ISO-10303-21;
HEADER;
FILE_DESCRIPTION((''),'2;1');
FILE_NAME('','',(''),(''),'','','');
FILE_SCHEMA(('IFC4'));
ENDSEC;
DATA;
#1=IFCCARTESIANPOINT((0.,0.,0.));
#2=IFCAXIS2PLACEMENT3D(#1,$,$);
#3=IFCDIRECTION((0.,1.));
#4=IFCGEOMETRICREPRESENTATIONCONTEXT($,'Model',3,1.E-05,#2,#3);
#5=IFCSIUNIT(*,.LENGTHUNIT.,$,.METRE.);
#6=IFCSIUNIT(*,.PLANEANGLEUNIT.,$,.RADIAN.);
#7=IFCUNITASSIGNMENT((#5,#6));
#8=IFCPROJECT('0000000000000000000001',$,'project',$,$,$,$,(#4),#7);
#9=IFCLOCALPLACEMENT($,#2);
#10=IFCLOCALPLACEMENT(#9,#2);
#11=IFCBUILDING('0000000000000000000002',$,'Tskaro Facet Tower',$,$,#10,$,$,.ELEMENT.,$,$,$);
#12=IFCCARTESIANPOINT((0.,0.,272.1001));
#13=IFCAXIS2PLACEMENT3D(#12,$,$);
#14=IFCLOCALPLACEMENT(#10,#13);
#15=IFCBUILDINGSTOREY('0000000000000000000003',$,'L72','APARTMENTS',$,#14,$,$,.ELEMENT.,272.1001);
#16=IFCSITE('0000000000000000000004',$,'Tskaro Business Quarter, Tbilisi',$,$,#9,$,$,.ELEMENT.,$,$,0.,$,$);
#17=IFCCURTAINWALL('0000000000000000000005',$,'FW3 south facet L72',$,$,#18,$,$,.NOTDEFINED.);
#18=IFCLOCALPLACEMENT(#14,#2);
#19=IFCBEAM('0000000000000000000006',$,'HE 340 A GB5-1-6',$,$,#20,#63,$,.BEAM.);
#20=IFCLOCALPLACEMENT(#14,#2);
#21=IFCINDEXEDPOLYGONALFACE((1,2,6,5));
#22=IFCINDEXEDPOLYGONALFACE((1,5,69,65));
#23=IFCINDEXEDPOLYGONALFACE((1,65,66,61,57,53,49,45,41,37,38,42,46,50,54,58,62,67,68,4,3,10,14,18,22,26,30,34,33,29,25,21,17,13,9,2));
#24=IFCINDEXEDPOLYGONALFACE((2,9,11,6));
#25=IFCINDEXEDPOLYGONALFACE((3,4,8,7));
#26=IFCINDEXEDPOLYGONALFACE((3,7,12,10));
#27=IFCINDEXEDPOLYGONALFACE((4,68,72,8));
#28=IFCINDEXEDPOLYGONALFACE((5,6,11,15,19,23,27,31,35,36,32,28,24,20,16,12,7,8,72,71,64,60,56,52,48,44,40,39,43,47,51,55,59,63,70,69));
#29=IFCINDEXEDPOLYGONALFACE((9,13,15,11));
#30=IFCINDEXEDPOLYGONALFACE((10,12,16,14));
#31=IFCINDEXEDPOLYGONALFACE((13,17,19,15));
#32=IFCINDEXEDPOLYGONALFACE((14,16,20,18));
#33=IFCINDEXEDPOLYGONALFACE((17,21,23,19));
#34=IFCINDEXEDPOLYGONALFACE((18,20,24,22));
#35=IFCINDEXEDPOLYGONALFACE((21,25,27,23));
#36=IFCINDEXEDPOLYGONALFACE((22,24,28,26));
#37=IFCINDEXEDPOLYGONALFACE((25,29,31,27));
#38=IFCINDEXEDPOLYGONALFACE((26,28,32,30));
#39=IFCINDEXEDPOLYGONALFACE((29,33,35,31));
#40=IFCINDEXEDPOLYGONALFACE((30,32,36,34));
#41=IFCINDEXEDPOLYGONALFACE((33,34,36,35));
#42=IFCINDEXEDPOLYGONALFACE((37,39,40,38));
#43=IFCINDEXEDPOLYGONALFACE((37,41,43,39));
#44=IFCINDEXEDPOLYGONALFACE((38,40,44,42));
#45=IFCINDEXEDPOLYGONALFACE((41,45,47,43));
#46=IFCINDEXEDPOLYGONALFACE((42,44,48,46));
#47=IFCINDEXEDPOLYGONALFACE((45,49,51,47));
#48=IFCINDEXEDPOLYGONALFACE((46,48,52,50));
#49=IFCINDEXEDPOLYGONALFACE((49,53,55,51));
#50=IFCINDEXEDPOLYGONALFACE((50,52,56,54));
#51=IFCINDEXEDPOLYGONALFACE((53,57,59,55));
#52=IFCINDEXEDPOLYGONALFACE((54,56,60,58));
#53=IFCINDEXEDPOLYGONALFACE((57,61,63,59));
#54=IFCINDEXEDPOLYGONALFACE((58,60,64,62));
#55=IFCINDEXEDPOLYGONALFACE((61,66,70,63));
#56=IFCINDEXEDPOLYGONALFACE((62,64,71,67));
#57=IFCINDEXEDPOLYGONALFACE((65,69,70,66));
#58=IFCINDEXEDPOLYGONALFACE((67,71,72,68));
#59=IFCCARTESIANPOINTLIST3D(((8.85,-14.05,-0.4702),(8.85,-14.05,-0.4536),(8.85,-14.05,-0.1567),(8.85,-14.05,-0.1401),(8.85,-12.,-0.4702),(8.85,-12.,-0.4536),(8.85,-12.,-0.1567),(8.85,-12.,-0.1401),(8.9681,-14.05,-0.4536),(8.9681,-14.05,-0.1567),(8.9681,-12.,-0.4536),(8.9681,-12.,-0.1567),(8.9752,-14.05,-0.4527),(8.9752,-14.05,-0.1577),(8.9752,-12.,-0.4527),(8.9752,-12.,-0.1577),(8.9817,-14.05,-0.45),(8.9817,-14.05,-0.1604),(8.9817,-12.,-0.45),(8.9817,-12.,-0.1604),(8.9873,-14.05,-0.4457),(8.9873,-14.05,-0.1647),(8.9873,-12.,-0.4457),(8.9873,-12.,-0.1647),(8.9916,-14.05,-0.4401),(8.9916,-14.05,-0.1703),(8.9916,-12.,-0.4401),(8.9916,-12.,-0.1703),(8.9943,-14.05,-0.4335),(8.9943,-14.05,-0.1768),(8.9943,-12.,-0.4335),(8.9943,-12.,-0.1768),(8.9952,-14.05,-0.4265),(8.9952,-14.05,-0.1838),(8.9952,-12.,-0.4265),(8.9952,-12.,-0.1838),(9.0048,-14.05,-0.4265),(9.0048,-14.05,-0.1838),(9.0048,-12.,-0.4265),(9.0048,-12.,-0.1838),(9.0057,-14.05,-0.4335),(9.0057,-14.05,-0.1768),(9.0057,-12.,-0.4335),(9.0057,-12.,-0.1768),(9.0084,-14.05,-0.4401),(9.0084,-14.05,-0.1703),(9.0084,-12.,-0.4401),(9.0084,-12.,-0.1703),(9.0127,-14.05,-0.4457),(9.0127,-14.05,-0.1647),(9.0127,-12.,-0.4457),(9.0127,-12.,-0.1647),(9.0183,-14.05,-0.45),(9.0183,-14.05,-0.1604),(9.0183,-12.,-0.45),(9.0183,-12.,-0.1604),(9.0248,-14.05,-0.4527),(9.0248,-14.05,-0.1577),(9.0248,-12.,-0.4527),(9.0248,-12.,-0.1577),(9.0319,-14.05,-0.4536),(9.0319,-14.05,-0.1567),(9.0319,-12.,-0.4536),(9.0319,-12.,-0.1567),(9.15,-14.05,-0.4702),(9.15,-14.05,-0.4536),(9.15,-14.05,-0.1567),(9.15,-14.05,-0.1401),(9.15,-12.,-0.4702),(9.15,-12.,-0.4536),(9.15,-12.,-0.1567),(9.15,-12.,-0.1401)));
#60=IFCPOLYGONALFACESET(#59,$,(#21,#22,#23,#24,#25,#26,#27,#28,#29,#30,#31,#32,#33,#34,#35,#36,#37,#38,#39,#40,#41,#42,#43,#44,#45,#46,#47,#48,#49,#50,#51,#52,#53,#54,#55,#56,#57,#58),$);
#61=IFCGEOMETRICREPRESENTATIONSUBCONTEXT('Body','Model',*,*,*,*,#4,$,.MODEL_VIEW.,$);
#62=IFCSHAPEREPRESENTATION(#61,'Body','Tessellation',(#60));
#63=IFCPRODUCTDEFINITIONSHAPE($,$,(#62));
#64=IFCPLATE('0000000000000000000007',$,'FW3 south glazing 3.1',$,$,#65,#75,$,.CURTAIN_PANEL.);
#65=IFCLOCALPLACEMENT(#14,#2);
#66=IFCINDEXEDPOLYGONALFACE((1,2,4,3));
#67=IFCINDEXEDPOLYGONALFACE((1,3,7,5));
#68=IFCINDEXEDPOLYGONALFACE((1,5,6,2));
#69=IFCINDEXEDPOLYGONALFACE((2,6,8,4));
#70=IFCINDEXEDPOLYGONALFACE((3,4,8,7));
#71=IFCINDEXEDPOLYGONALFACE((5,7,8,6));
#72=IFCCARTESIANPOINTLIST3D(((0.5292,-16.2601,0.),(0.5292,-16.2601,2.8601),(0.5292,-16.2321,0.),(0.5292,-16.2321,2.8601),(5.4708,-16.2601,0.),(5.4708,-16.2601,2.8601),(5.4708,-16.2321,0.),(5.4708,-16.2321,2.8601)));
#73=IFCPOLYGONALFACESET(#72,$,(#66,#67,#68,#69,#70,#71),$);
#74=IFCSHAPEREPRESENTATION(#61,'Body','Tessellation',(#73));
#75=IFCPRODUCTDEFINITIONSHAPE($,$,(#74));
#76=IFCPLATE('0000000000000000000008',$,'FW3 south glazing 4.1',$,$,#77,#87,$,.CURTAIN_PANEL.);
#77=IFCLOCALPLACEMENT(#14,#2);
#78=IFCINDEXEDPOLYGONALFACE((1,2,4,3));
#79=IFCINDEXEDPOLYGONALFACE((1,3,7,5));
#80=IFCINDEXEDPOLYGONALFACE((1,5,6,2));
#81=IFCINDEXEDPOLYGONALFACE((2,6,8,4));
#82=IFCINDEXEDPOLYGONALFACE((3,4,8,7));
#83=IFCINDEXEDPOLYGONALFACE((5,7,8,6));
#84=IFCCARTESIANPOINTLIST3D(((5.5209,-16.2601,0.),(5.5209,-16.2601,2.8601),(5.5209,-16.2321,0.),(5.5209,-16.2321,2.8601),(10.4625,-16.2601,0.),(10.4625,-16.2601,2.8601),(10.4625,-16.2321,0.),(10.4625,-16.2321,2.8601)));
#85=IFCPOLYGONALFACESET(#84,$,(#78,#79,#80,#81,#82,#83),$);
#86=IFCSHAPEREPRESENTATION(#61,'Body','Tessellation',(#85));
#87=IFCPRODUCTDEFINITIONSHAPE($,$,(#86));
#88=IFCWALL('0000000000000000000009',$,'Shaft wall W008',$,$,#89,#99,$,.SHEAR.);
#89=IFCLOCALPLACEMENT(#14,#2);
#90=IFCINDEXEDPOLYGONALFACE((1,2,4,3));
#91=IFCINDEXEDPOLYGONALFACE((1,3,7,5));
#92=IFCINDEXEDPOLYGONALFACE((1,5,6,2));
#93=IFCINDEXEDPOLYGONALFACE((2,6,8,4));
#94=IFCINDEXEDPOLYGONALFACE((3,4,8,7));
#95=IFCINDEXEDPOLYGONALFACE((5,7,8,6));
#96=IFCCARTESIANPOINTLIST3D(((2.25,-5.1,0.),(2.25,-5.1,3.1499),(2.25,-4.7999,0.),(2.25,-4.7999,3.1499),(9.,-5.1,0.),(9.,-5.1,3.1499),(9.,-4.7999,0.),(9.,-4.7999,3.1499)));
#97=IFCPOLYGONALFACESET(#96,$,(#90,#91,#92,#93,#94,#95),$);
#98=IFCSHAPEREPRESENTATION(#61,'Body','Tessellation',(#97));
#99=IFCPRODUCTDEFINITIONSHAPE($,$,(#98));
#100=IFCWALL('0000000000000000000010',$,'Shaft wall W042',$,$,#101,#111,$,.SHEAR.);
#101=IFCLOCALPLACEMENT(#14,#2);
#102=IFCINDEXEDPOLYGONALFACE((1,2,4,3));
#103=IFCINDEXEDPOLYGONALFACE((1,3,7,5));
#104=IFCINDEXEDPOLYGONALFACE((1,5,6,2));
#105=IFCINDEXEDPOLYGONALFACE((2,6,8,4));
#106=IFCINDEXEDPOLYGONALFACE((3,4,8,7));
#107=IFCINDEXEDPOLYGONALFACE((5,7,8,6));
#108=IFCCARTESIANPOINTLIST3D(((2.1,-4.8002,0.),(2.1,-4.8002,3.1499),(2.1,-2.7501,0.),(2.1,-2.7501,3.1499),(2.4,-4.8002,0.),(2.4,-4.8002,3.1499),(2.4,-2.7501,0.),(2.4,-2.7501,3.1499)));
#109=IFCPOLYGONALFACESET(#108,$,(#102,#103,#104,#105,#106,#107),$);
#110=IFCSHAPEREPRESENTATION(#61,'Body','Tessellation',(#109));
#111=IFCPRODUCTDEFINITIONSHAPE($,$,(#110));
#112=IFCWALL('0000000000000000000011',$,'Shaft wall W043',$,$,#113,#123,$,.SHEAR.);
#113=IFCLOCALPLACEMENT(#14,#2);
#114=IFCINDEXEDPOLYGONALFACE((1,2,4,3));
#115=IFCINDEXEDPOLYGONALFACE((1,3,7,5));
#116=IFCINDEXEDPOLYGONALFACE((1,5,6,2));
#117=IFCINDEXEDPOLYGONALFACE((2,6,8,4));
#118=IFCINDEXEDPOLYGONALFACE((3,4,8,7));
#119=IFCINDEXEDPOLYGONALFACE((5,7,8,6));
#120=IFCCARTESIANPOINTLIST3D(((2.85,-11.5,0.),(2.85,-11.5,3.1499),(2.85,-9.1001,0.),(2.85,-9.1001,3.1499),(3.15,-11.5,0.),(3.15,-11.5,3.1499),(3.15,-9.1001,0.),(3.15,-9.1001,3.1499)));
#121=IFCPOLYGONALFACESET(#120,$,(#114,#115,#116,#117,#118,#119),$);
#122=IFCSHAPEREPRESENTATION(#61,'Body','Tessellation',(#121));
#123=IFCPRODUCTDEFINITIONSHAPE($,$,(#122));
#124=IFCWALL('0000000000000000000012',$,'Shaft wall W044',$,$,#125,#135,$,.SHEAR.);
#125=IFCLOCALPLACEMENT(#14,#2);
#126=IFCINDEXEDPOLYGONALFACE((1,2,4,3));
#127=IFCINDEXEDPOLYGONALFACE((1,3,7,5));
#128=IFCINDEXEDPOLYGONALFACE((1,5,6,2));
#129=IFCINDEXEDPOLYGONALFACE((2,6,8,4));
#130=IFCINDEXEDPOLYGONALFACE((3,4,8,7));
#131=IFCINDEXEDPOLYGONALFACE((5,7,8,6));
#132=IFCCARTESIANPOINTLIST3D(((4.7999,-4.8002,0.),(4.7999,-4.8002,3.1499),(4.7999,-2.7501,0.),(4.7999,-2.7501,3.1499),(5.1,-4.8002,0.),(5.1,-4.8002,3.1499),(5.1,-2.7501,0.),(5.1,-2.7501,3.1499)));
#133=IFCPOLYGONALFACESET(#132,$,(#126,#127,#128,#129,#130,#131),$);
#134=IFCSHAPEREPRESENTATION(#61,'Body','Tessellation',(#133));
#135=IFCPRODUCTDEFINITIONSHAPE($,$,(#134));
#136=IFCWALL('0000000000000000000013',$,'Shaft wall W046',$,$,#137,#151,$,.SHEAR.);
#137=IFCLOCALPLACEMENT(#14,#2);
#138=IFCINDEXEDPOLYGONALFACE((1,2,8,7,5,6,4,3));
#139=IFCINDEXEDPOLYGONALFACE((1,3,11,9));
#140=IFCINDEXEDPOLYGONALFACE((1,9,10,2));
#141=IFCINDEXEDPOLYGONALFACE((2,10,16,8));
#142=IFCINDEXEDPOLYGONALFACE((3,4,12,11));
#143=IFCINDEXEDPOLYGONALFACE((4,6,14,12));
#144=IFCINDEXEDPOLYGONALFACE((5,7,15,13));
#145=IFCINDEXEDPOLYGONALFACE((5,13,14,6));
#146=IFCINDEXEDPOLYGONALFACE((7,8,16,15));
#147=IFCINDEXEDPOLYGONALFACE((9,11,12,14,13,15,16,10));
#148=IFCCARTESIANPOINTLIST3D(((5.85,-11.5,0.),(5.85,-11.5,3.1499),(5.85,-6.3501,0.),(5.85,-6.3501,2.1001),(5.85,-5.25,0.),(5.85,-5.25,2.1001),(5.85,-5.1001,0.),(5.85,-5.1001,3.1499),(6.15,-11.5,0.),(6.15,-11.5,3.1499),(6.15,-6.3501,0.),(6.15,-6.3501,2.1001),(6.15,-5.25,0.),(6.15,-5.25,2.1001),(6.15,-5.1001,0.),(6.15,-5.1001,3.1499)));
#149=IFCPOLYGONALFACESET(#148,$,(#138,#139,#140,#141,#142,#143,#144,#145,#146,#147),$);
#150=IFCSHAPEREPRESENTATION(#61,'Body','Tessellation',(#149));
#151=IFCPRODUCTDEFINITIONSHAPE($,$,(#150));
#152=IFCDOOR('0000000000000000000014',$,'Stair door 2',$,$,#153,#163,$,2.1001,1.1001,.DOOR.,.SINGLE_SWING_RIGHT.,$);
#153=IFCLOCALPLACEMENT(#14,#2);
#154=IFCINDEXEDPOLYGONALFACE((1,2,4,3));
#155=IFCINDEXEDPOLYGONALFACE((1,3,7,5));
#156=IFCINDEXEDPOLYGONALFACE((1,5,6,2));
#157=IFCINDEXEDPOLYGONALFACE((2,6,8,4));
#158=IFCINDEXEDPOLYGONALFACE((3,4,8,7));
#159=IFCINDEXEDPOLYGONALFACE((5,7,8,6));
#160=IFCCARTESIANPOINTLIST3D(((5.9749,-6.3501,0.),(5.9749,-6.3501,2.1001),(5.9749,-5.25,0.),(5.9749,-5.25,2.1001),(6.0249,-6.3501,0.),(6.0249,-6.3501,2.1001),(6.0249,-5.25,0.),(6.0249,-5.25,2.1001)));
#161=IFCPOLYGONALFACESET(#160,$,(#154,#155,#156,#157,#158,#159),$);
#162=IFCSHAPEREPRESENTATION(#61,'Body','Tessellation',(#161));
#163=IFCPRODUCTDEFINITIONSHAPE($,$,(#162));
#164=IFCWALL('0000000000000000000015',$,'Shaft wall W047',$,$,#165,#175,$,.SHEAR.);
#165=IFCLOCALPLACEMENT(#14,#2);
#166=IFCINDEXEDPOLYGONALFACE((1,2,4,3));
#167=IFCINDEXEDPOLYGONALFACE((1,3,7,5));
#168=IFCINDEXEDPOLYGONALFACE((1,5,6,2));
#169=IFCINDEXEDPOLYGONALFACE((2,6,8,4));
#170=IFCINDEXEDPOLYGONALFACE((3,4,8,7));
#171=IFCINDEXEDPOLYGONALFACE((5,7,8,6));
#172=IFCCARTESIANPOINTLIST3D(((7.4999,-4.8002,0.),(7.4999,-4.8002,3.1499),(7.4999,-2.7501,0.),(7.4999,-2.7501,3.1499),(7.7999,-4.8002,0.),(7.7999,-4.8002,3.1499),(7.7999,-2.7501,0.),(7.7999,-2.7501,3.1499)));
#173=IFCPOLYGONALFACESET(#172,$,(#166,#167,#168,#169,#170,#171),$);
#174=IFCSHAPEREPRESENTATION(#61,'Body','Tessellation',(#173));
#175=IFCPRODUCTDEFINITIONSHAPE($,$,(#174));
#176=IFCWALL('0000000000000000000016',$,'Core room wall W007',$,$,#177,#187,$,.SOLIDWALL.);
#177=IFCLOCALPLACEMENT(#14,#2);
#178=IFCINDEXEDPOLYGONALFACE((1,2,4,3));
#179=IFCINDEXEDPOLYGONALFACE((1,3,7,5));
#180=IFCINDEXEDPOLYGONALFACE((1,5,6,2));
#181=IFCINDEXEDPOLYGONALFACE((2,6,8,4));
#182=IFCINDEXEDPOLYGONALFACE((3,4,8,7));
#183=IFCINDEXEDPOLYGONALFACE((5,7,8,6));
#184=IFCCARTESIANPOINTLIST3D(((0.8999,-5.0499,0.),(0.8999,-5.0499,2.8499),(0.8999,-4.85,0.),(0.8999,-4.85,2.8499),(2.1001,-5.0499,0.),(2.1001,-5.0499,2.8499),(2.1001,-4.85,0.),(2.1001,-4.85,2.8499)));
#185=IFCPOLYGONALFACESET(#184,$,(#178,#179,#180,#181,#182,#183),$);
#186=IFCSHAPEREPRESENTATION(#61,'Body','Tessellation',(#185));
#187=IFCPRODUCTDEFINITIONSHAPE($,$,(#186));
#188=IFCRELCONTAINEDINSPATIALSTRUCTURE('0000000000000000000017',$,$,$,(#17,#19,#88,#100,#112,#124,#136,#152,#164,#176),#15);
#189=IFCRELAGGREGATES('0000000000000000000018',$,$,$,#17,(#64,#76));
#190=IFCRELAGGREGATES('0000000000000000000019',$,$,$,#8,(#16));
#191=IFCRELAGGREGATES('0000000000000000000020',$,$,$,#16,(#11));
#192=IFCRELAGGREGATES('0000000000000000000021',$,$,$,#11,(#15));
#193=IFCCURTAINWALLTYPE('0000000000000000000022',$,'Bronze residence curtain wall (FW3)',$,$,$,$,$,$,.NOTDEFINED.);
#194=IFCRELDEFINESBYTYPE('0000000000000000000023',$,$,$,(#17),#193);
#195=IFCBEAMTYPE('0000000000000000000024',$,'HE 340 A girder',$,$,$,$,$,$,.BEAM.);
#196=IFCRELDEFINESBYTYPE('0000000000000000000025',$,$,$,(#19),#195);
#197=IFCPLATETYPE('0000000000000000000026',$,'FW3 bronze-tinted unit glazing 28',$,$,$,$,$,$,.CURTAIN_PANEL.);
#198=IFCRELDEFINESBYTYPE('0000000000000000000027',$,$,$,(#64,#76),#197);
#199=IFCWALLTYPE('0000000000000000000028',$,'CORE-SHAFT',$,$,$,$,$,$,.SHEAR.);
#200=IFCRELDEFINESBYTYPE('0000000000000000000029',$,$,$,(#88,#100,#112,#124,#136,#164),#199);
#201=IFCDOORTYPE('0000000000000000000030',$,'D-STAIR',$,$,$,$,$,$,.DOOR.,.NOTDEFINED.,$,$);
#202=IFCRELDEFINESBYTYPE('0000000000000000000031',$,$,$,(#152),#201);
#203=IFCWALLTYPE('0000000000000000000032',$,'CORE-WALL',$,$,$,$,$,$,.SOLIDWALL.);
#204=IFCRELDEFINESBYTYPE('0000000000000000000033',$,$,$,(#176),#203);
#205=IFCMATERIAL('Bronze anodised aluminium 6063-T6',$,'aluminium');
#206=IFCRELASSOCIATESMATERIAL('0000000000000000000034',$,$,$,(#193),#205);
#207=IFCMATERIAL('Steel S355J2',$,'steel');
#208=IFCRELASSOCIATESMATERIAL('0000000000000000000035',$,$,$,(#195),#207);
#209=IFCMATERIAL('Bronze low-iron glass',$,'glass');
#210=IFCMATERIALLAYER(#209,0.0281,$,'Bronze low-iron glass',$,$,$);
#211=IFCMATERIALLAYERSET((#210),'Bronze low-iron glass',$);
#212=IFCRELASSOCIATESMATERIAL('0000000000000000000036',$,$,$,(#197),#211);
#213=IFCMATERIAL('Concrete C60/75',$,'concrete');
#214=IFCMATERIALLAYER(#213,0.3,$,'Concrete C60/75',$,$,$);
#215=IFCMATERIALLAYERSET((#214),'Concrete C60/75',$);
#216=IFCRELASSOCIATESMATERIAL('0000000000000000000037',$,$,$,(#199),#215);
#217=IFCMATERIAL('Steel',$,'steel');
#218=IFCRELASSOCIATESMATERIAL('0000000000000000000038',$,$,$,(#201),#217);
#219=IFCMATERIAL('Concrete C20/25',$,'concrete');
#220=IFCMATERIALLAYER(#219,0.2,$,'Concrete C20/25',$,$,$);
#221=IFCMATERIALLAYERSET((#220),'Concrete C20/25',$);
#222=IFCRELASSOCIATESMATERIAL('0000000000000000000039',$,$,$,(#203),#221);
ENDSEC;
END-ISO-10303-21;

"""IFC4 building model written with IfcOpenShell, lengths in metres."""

from ifc_helpers import new_model, si_unit, direction, frame, frame_2d, origin, origin_2d, place, context, subcontext, project, spatial, rectangle, i_section, extrude, material, layer, layer_set, material_profile, profile_set, type_object, element, fill, aggregate, save


model = new_model("IFC4")

# Units and contexts
model_context = context("Model", 3, precision=1e-05, world=origin(), true_north=direction((0.0, 1.0)))
body_context = subcontext(model_context, "Body", "Model", "MODEL_VIEW")
ifc_project = project(units=[si_unit("LENGTHUNIT", "METRE"), si_unit("PLANEANGLEUNIT", "RADIAN")], contexts=[model_context])

# Site, building, storey
site_placement = place(None, origin())
site = spatial("IfcSite", under=ifc_project, at=site_placement, Name="Tskaro Business Quarter, Tbilisi", CompositionType="ELEMENT", RefElevation=0.0)
building_placement = place(site_placement, origin())
building = spatial("IfcBuilding", under=site, at=building_placement, Name="Tskaro Facet Tower", CompositionType="ELEMENT")
storey_placement = place(building_placement, frame((0.0, 0.0, 272.1001)))
storey = spatial("IfcBuildingStorey", under=building, at=storey_placement, Name="L72", Description="APARTMENTS", CompositionType="ELEMENT", Elevation=272.1001)

# Shared definitions
ifc_material_1 = material(Name="Steel S355J2", Category="steel")

# Curtain wall
ifc_material_2 = material(Name="Bronze anodised aluminium 6063-T6", Category="aluminium")
curtain_wall_type = type_object("IfcCurtainWallType", Name="Bronze residence curtain wall (FW3)", PredefinedType="NOTDEFINED", material=ifc_material_2)
curtain_wall_placement = place(storey_placement, origin())
curtain_wall = element("IfcCurtainWall", 1, at=curtain_wall_placement, inside=storey, type_object=curtain_wall_type, Name="FW3 south facet L72", PredefinedType="NOTDEFINED")

# Beam
ifc_material_profile_1 = material_profile(ifc_material_1, i_section(OverallWidth=0.3, OverallDepth=0.3301, WebThickness=0.0095, FlangeThickness=0.0166, FilletRadius=0.0271, at=origin_2d()), Name="HE 340 A")
ifc_profile_set_1 = profile_set([ifc_material_profile_1], Name="Steel S355J2")
beam_type_1 = type_object("IfcBeamType", Name="HE 340 A girder", PredefinedType="BEAM", material=ifc_profile_set_1)
beam_1_placement = place(storey_placement, frame((9.0, -14.05, -0.3052), z_axis=(0.0, 1.0, 0.0), x_axis=(-1.0, 0.0, 0.0)))
element("IfcBeam", 2, at=beam_1_placement, inside=storey, type_object=beam_type_1, Name="HE 340 A GB5-1-6", PredefinedType="BEAM", context=body_context, shape_type="SweptSolid", body=[
    extrude(i_section(OverallWidth=0.3, OverallDepth=0.3301, WebThickness=0.0095, FlangeThickness=0.0166, FilletRadius=0.0271, at=origin_2d()), origin(), (0.0, 0.0, 1.0), 2.05),
])

# Plates
ifc_material_3 = material(Name="Bronze low-iron glass", Category="glass")
ifc_layer_1 = layer(ifc_material_3, 0.0281, Name="Bronze low-iron glass")
ifc_layer_set_1 = layer_set([ifc_layer_1], Name="Bronze low-iron glass")
plate_type = type_object("IfcPlateType", Name="FW3 bronze-tinted unit glazing 28", PredefinedType="CURTAIN_PANEL", material=ifc_layer_set_1)
plate_1_placement = place(storey_placement, frame((3.0, -16.2461, 0.0), z_axis=(0.0, 0.0, 1.0), x_axis=(1.0, 0.0, 0.0)))
plate_1 = element("IfcPlate", 3, at=plate_1_placement, type_object=plate_type, Name="FW3 south glazing 3.1", PredefinedType="CURTAIN_PANEL", context=body_context, shape_type="SweptSolid", body=[
    extrude(rectangle(XDim=4.9417, YDim=0.0281, at=origin_2d()), origin(), (0.0, 0.0, 1.0), 2.8601),
])
plate_2_placement = place(storey_placement, frame((7.9917, -16.2461, 0.0), z_axis=(0.0, 0.0, 1.0), x_axis=(1.0, 0.0, 0.0)))
plate_2 = element("IfcPlate", 4, at=plate_2_placement, type_object=plate_type, Name="FW3 south glazing 4.1", PredefinedType="CURTAIN_PANEL", context=body_context, shape_type="SweptSolid", body=[
    extrude(rectangle(XDim=4.9417, YDim=0.0281, at=origin_2d()), origin(), (0.0, 0.0, 1.0), 2.8601),
])
aggregate(curtain_wall, [plate_1, plate_2])

# Walls
ifc_material_4 = material(Name="Concrete C60/75", Category="concrete")
ifc_layer_2 = layer(ifc_material_4, 0.3, Name="Concrete C60/75")
ifc_layer_set_2 = layer_set([ifc_layer_2], Name="Concrete C60/75")
wall_type_1 = type_object("IfcWallType", Name="CORE-SHAFT", PredefinedType="SHEAR", material=ifc_layer_set_2)
wall_1_placement = place(storey_placement, frame((2.25, -4.95, 0.0), z_axis=(0.0, 0.0, 1.0), x_axis=(1.0, 0.0, 0.0)))
element("IfcWall", 5, at=wall_1_placement, inside=storey, type_object=wall_type_1, Name="Shaft wall W008", PredefinedType="SHEAR", context=body_context, shape_type="SweptSolid", body=[
    extrude(rectangle(XDim=6.75, YDim=0.3, at=frame_2d((3.375, 0.0))), origin(), (0.0, 0.0, 1.0), 3.1499),
])
wall_2_placement = place(storey_placement, frame((2.25, -4.8, 0.0), z_axis=(0.0, 0.0, 1.0), x_axis=(0.0, 1.0, 0.0)))
element("IfcWall", 6, at=wall_2_placement, inside=storey, type_object=wall_type_1, Name="Shaft wall W042", PredefinedType="SHEAR", context=body_context, shape_type="SweptSolid", body=[
    extrude(rectangle(XDim=2.05, YDim=0.3, at=frame_2d((1.0249, 0.0))), origin(), (0.0, 0.0, 1.0), 3.1499),
])
wall_3_placement = place(storey_placement, frame((3.0, -11.5, 0.0), z_axis=(0.0, 0.0, 1.0), x_axis=(0.0, 1.0, 0.0)))
element("IfcWall", 7, at=wall_3_placement, inside=storey, type_object=wall_type_1, Name="Shaft wall W043", PredefinedType="SHEAR", context=body_context, shape_type="SweptSolid", body=[
    extrude(rectangle(XDim=2.3999, YDim=0.3, at=frame_2d((1.2, 0.0))), origin(), (0.0, 0.0, 1.0), 3.1499),
])
wall_4_placement = place(storey_placement, frame((4.95, -4.8, 0.0), z_axis=(0.0, 0.0, 1.0), x_axis=(0.0, 1.0, 0.0)))
element("IfcWall", 8, at=wall_4_placement, inside=storey, type_object=wall_type_1, Name="Shaft wall W044", PredefinedType="SHEAR", context=body_context, shape_type="SweptSolid", body=[
    extrude(rectangle(XDim=2.05, YDim=0.3, at=frame_2d((1.0249, 0.0))), origin(), (0.0, 0.0, 1.0), 3.1499),
])

# Wall, opening, door
wall_5_placement = place(storey_placement, frame((6.0, -5.1001, 0.0), z_axis=(0.0, 0.0, 1.0), x_axis=(0.0, -1.0, 0.0)))
wall_5 = element("IfcWall", 9, at=wall_5_placement, inside=storey, type_object=wall_type_1, Name="Shaft wall W046", PredefinedType="SHEAR", context=body_context, shape_type="SweptSolid", body=[
    extrude(rectangle(XDim=6.3999, YDim=0.3, at=frame_2d((3.2, 0.0))), origin(), (0.0, 0.0, 1.0), 3.1499),
])
opening_placement = place(wall_5_placement, frame((0.1499, 0.0, 0.0)))
opening = element("IfcOpeningElement", 10, at=opening_placement, cuts=wall_5, PredefinedType="OPENING", context=body_context, shape_type="SweptSolid", body=[
    extrude(rectangle(XDim=1.1001, YDim=2.1001, at=frame_2d((0.55, 1.05))), frame((0.0, 0.1599, 0.0), z_axis=(0.0, -1.0, 0.0), x_axis=(1.0, 0.0, 0.0)), (0.0, 0.0, 1.0), 0.3201),
])
ifc_material_5 = material(Name="Steel", Category="steel")
door_type = type_object("IfcDoorType", Name="D-STAIR", OperationType="NOTDEFINED", PredefinedType="DOOR", material=ifc_material_5)
door_placement = place(opening_placement, origin())
door = element("IfcDoor", 11, at=door_placement, inside=storey, type_object=door_type, Name="Stair door 2", OperationType="SINGLE_SWING_RIGHT", OverallHeight=2.1001, OverallWidth=1.1001, PredefinedType="DOOR", context=body_context, shape_type="SweptSolid", body=[
    extrude(rectangle(XDim=1.1001, YDim=2.1001, at=frame_2d((0.55, 1.05))), frame((0.0, 0.0249, 0.0), z_axis=(0.0, -1.0, 0.0), x_axis=(1.0, 0.0, 0.0)), (0.0, 0.0, 1.0), 0.05),
])
fill(opening, door)

# Walls
wall_6_placement = place(storey_placement, frame((7.6499, -4.8, 0.0), z_axis=(0.0, 0.0, 1.0), x_axis=(0.0, 1.0, 0.0)))
element("IfcWall", 12, at=wall_6_placement, inside=storey, type_object=wall_type_1, Name="Shaft wall W047", PredefinedType="SHEAR", context=body_context, shape_type="SweptSolid", body=[
    extrude(rectangle(XDim=2.05, YDim=0.3, at=frame_2d((1.0249, 0.0))), origin(), (0.0, 0.0, 1.0), 3.1499),
])
ifc_material_6 = material(Name="Concrete C20/25", Category="concrete")
ifc_layer_3 = layer(ifc_material_6, 0.2, Name="Concrete C20/25")
ifc_layer_set_3 = layer_set([ifc_layer_3], Name="Concrete C20/25")
wall_type_2 = type_object("IfcWallType", Name="CORE-WALL", PredefinedType="SOLIDWALL", material=ifc_layer_set_3)
wall_7_placement = place(storey_placement, frame((0.8999, -4.95, 0.0), z_axis=(0.0, 0.0, 1.0), x_axis=(1.0, 0.0, 0.0)))
element("IfcWall", 13, at=wall_7_placement, inside=storey, type_object=wall_type_2, Name="Core room wall W007", PredefinedType="SOLIDWALL", context=body_context, shape_type="SweptSolid", body=[
    extrude(rectangle(XDim=1.2002, YDim=0.2, at=frame_2d((0.6001, 0.0))), origin(), (0.0, 0.0, 1.0), 2.8499),
])

save(model, "model.ifc")
